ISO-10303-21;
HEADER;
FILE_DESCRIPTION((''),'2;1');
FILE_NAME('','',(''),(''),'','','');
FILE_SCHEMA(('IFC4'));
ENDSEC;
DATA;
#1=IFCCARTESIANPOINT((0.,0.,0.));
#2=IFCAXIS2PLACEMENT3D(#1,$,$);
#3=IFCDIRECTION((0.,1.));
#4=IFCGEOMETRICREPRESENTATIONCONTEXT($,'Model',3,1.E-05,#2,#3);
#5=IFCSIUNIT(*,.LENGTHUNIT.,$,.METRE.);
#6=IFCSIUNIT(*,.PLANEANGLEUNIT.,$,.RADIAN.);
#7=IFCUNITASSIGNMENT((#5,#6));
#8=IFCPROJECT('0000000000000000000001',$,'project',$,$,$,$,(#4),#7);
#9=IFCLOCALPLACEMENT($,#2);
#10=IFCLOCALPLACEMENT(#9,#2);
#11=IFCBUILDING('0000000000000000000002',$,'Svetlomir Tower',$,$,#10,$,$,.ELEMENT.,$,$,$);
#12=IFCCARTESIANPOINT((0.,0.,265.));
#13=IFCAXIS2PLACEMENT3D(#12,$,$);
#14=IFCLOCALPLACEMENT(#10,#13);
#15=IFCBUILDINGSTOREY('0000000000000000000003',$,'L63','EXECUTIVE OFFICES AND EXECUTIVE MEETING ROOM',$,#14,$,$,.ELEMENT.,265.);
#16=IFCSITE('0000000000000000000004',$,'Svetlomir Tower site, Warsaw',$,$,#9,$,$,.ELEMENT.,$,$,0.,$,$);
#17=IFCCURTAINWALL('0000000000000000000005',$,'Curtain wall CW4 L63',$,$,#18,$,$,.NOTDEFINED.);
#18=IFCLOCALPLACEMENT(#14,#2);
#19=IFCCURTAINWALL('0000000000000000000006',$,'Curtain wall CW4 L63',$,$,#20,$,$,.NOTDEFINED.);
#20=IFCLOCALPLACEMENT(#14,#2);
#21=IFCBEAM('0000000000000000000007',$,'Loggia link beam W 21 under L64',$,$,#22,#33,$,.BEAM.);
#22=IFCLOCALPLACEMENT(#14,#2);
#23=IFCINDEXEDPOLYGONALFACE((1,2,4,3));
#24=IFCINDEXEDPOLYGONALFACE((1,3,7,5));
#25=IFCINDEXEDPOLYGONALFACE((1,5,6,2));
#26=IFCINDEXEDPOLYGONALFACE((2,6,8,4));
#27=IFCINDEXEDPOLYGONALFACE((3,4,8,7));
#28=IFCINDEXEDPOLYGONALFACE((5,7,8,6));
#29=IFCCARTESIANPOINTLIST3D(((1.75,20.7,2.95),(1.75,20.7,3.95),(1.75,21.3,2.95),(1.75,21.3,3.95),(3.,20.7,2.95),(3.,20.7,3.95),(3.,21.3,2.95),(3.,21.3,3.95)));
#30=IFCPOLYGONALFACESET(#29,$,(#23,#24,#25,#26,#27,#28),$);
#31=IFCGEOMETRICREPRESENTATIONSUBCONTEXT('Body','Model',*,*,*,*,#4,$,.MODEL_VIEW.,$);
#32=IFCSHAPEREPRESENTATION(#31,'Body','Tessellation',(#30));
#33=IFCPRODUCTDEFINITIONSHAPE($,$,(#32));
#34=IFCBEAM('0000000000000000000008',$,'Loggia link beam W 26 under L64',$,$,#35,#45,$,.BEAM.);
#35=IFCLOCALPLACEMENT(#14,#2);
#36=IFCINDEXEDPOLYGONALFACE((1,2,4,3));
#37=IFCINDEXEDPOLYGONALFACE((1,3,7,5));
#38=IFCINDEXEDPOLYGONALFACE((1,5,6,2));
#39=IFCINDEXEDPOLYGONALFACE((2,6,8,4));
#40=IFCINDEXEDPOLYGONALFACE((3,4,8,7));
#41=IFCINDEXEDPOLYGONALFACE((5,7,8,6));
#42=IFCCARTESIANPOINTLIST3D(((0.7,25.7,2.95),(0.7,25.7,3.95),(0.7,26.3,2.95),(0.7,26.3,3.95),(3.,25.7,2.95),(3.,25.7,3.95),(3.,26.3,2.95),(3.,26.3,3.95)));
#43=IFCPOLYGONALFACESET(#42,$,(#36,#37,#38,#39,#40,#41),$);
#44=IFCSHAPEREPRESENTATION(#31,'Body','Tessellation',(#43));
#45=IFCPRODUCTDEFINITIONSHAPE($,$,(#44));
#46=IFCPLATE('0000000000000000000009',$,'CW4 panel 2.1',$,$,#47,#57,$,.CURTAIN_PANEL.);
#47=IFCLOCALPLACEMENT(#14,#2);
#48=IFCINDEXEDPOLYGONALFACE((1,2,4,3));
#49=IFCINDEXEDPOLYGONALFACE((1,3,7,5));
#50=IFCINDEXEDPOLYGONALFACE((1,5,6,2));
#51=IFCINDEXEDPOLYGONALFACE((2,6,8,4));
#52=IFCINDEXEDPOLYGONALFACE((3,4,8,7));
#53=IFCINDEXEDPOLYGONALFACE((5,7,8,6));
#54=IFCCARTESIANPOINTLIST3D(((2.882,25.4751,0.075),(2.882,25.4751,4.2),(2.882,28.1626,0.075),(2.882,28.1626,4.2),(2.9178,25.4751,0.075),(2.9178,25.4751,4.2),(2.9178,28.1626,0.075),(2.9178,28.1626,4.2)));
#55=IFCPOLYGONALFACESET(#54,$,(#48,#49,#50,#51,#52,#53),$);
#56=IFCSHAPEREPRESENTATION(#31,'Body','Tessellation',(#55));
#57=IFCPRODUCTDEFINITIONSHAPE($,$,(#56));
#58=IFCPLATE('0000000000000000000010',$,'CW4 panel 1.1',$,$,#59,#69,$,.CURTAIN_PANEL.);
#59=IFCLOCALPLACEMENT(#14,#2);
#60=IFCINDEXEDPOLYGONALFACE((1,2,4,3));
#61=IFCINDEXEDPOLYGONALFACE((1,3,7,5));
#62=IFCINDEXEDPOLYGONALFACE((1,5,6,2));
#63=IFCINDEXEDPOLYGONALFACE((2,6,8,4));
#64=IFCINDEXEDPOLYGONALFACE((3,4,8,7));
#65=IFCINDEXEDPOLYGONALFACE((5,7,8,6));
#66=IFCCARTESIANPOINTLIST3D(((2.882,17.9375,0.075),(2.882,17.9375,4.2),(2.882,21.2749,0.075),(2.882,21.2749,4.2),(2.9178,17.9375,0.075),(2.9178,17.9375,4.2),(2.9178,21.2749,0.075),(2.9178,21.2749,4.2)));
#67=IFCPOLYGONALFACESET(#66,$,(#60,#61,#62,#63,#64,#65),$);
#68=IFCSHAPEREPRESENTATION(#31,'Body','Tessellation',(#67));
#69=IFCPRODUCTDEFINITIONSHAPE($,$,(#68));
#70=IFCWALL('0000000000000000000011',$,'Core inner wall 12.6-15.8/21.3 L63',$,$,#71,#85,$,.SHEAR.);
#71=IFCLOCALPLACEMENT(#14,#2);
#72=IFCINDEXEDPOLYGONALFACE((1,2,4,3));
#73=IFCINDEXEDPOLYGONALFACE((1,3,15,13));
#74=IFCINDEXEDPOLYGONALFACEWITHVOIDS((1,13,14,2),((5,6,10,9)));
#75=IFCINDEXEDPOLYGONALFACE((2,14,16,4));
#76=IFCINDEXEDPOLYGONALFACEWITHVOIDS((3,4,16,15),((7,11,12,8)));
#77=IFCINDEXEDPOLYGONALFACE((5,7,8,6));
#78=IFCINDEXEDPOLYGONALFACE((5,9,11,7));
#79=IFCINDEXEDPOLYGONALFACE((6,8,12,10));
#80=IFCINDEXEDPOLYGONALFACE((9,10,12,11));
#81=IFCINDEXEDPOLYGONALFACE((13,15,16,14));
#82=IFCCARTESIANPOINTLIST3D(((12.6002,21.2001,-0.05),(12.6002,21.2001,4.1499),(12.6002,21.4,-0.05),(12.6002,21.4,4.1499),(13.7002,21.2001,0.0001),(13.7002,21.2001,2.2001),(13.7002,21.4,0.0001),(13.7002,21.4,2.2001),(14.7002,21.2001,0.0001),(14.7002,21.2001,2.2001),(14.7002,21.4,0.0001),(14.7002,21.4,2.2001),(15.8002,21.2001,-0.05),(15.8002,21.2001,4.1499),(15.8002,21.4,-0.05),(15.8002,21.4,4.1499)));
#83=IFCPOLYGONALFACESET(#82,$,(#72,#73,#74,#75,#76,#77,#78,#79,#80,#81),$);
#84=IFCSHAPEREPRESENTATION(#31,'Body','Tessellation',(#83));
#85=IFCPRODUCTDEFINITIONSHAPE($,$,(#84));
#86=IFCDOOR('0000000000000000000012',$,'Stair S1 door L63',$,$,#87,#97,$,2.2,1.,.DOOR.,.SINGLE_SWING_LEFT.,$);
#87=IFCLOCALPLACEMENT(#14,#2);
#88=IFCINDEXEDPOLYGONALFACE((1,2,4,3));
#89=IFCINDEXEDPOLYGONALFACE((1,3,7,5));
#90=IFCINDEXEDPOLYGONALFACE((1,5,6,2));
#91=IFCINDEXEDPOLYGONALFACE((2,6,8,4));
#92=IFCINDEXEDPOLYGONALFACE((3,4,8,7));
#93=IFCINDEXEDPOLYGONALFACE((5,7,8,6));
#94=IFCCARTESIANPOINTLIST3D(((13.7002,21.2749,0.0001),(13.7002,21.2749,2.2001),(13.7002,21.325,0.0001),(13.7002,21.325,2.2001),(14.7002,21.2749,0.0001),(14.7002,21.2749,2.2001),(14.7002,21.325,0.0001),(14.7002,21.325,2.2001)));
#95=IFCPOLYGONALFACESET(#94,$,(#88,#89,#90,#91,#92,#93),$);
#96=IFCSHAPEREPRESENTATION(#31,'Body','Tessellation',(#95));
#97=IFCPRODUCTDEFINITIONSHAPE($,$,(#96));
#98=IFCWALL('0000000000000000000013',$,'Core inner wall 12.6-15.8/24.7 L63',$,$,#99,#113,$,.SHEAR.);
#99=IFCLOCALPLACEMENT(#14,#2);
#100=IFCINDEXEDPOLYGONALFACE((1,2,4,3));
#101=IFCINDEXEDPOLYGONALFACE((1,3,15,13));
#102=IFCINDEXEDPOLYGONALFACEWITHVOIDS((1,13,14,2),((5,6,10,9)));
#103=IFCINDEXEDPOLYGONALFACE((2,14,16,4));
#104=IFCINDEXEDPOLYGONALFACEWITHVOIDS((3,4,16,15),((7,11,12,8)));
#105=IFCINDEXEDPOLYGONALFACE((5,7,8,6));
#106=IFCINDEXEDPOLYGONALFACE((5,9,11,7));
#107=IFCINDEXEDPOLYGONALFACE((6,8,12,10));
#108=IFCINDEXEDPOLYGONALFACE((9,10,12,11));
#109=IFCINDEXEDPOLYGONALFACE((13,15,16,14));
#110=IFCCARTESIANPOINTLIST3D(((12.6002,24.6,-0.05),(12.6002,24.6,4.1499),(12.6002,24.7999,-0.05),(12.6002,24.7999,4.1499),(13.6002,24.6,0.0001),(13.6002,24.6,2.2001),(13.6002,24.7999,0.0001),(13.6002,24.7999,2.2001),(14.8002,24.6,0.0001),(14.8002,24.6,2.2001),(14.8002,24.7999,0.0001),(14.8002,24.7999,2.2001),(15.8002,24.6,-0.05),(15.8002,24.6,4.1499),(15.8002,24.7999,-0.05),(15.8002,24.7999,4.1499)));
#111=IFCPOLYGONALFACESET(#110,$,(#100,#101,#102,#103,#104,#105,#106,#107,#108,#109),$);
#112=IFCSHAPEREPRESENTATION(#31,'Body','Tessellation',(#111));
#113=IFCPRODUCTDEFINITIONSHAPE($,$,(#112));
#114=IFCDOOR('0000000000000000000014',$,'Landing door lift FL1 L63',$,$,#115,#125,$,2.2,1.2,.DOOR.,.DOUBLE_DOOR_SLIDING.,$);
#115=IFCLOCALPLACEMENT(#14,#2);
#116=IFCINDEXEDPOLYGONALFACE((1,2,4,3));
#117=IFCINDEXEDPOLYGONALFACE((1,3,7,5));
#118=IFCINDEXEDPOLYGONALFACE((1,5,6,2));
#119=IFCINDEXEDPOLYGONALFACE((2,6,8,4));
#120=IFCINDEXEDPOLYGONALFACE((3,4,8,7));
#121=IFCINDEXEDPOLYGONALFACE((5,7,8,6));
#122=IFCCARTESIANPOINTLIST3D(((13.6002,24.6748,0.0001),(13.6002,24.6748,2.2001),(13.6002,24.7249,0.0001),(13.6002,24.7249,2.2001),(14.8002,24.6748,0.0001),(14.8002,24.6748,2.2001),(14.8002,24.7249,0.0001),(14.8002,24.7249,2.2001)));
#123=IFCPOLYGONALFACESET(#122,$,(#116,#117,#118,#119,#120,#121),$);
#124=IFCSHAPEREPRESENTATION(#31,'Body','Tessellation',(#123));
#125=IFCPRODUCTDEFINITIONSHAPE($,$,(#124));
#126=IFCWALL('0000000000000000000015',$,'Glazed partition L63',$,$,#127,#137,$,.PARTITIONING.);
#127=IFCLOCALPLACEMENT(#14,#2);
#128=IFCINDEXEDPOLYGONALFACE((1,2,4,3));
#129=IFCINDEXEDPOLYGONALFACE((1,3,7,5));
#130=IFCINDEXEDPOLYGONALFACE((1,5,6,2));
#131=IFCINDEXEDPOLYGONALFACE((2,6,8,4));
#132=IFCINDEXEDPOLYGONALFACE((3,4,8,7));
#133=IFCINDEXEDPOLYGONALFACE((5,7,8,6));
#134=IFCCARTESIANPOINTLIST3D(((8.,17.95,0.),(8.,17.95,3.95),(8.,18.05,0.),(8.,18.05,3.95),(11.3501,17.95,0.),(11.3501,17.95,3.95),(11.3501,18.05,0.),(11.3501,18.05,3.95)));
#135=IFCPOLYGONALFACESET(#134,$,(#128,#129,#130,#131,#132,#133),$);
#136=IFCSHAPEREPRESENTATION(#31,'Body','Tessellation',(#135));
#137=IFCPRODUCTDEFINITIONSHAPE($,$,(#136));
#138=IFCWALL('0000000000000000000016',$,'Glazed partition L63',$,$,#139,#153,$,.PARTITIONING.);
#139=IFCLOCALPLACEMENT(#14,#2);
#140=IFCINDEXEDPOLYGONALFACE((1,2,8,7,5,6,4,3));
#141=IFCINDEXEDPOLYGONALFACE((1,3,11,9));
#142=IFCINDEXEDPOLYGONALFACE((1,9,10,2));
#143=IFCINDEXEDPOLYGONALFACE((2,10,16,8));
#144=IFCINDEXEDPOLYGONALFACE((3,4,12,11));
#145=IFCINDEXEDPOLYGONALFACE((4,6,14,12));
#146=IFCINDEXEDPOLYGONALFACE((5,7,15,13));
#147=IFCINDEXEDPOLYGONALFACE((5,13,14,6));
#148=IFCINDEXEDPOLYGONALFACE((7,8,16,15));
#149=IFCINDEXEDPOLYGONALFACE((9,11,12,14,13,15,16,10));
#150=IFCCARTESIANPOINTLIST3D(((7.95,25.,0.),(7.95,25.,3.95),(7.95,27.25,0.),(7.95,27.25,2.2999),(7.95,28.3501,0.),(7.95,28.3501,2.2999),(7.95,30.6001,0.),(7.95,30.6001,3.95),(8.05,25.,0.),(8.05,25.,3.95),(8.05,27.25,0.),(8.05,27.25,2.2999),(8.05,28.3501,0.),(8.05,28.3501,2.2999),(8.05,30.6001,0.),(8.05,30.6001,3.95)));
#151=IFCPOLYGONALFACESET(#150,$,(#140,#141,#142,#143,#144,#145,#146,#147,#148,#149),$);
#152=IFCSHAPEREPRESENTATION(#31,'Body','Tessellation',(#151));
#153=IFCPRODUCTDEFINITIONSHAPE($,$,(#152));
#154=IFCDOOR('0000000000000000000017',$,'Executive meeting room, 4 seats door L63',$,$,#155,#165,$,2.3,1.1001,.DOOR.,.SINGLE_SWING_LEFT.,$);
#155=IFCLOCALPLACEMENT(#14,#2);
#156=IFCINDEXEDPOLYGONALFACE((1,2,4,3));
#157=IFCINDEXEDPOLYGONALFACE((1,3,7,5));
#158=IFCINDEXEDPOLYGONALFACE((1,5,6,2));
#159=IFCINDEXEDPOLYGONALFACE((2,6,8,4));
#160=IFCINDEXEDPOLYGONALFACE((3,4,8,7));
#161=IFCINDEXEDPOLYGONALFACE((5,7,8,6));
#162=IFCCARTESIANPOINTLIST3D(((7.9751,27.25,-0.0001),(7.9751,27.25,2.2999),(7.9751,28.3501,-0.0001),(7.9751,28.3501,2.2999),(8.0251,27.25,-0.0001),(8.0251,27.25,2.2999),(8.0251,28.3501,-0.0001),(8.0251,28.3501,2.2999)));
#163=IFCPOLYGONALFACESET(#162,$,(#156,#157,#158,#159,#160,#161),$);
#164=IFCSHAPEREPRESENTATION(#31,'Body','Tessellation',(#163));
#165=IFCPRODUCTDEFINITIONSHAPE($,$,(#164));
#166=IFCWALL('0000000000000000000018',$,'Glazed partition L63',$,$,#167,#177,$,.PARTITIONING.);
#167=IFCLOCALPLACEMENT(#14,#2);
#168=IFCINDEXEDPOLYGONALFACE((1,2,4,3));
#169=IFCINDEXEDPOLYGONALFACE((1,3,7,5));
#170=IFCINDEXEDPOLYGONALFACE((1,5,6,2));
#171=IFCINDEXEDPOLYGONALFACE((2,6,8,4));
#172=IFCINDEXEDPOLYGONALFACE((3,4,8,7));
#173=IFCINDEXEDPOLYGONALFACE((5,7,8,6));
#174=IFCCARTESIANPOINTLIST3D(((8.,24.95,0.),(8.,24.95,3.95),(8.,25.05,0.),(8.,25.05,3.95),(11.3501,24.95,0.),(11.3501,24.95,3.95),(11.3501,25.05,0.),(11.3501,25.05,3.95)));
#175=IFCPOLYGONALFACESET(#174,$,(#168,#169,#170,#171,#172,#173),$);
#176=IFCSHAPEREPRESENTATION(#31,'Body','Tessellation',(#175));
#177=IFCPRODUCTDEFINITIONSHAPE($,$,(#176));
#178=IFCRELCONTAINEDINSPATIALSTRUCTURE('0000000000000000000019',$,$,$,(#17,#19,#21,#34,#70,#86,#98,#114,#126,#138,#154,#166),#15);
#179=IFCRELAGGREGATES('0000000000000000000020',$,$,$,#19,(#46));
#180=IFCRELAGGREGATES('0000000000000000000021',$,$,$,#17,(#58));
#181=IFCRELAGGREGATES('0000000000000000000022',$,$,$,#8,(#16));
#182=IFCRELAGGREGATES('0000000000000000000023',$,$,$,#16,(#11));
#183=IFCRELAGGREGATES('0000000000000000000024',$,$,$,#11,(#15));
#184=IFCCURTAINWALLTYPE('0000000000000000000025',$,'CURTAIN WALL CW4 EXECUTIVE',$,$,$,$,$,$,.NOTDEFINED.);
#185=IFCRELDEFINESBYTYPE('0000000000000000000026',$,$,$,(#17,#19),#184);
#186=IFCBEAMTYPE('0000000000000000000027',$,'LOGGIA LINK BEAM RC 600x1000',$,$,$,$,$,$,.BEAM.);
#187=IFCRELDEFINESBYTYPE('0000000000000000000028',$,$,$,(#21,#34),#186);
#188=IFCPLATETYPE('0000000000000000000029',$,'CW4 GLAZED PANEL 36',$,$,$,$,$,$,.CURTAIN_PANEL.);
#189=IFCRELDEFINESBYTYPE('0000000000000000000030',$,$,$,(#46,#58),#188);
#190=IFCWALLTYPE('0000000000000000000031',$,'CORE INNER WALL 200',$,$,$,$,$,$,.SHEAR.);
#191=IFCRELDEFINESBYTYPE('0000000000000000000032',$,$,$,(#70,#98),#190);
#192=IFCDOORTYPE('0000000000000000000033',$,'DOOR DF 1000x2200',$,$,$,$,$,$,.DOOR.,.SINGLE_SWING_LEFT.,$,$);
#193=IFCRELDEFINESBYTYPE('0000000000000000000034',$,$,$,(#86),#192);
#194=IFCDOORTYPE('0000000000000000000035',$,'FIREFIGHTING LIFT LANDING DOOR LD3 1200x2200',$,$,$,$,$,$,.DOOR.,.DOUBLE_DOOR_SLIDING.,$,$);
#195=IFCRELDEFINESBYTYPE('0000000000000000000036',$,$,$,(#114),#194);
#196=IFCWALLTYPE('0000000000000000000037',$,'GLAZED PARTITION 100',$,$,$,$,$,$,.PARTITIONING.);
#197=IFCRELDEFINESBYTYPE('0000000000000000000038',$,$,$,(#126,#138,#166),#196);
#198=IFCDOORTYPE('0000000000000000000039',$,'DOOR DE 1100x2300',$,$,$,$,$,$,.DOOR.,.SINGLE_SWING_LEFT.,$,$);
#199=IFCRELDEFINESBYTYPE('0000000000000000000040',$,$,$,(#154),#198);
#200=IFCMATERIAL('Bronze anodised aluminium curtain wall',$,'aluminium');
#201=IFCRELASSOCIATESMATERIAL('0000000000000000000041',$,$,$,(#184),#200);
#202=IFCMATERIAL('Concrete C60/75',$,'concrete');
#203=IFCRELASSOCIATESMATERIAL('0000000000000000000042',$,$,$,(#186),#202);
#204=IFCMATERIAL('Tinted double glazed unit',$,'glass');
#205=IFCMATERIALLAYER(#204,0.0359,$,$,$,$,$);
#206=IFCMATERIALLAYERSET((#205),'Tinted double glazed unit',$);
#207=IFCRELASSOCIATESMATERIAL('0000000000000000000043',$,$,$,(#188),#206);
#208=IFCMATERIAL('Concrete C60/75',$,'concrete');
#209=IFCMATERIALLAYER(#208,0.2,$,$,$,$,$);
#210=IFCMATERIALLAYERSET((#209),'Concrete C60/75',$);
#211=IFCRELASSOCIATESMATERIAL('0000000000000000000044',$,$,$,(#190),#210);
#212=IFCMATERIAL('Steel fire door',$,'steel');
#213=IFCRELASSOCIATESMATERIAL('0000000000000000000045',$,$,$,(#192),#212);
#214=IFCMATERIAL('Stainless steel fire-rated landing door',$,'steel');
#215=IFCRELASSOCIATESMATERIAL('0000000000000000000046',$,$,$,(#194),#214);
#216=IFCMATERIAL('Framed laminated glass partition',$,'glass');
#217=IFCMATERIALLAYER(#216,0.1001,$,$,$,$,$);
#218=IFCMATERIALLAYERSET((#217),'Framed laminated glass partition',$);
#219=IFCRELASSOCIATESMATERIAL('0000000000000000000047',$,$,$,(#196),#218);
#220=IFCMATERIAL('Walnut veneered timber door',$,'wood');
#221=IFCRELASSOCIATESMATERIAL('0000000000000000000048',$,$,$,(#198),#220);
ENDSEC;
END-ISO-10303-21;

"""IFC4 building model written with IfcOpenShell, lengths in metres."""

from ifc_helpers import new_model, si_unit, direction, frame, frame_2d, origin, origin_2d, place, context, subcontext, project, spatial, rectangle, extrude, material, layer, layer_set, material_profile, profile_set, type_object, element, fill, aggregate, save


model = new_model("IFC4")

# Units and contexts
model_context = context("Model", 3, precision=1e-05, world=origin(), true_north=direction((0.0, 1.0)))
body_context = subcontext(model_context, "Body", "Model", "MODEL_VIEW")
ifc_project = project(units=[si_unit("LENGTHUNIT", "METRE"), si_unit("PLANEANGLEUNIT", "RADIAN")], contexts=[model_context])

# Site, building, storey
site_placement = place(None, origin())
site = spatial("IfcSite", under=ifc_project, at=site_placement, Name="Svetlomir Tower site, Warsaw", CompositionType="ELEMENT", RefElevation=0.0)
building_placement = place(site_placement, origin())
building = spatial("IfcBuilding", under=site, at=building_placement, Name="Svetlomir Tower", CompositionType="ELEMENT")
storey_placement = place(building_placement, frame((0.0, 0.0, 265.0)))
storey = spatial("IfcBuildingStorey", under=building, at=storey_placement, Name="L63", Description="EXECUTIVE OFFICES AND EXECUTIVE MEETING ROOM", CompositionType="ELEMENT", Elevation=265.0)

# Curtain walls
ifc_material_1 = material(Name="Bronze anodised aluminium curtain wall", Category="aluminium")
curtain_wall_type = type_object("IfcCurtainWallType", Name="CURTAIN WALL CW4 EXECUTIVE", PredefinedType="NOTDEFINED", material=ifc_material_1)
curtain_wall_1_placement = place(storey_placement, origin())
curtain_wall_1 = element("IfcCurtainWall", 1, at=curtain_wall_1_placement, inside=storey, type_object=curtain_wall_type, Name="Curtain wall CW4 L63", PredefinedType="NOTDEFINED")
curtain_wall_2_placement = place(storey_placement, origin())
curtain_wall_2 = element("IfcCurtainWall", 2, at=curtain_wall_2_placement, inside=storey, type_object=curtain_wall_type, Name="Curtain wall CW4 L63", PredefinedType="NOTDEFINED")

# Beams
ifc_material_2 = material(Name="Concrete C60/75", Category="concrete")
ifc_material_profile_1 = material_profile(ifc_material_2, rectangle(XDim=0.6001, YDim=1.0, at=origin_2d()), Name="RC 600x1000")
ifc_profile_set_1 = profile_set([ifc_material_profile_1], Name="Concrete C60/75")
beam_type_1 = type_object("IfcBeamType", Name="LOGGIA LINK BEAM RC 600x1000", PredefinedType="BEAM", material=ifc_profile_set_1)
beam_1_placement = place(storey_placement, frame((1.75, 21.0, 3.45), z_axis=(1.0, 0.0, 0.0), x_axis=(0.0, 1.0, 0.0)))
element("IfcBeam", 3, at=beam_1_placement, inside=storey, type_object=beam_type_1, Name="Loggia link beam W 21 under L64", PredefinedType="BEAM", context=body_context, shape_type="SweptSolid", body=[
    extrude(rectangle(XDim=0.6001, YDim=1.0, at=origin_2d()), origin(), (0.0, 0.0, 1.0), 1.25),
])
beam_2_placement = place(storey_placement, frame((0.7, 26.0, 3.45), z_axis=(1.0, 0.0, 0.0), x_axis=(0.0, 1.0, 0.0)))
element("IfcBeam", 4, at=beam_2_placement, inside=storey, type_object=beam_type_1, Name="Loggia link beam W 26 under L64", PredefinedType="BEAM", context=body_context, shape_type="SweptSolid", body=[
    extrude(rectangle(XDim=0.6001, YDim=1.0, at=origin_2d()), origin(), (0.0, 0.0, 1.0), 2.3),
])

# Plates
ifc_material_3 = material(Name="Tinted double glazed unit", Category="glass")
ifc_layer_1 = layer(ifc_material_3, 0.0359)
ifc_layer_set_1 = layer_set([ifc_layer_1], Name="Tinted double glazed unit")
plate_type = type_object("IfcPlateType", Name="CW4 GLAZED PANEL 36", PredefinedType="CURTAIN_PANEL", material=ifc_layer_set_1)
plate_1_placement = place(storey_placement, frame((2.8999, 26.8188, 0.075), z_axis=(0.0, 0.0, 1.0), x_axis=(0.0, -1.0, 0.0)))
plate_1 = element("IfcPlate", 5, at=plate_1_placement, type_object=plate_type, Name="CW4 panel 2.1", PredefinedType="CURTAIN_PANEL", context=body_context, shape_type="SweptSolid", body=[
    extrude(rectangle(XDim=2.6875, YDim=0.0359, at=origin_2d()), origin(), (0.0, 0.0, 1.0), 4.125),
])
aggregate(curtain_wall_2, [plate_1])
plate_2_placement = place(storey_placement, frame((2.8999, 19.6062, 0.075), z_axis=(0.0, 0.0, 1.0), x_axis=(0.0, -1.0, 0.0)))
plate_2 = element("IfcPlate", 6, at=plate_2_placement, type_object=plate_type, Name="CW4 panel 1.1", PredefinedType="CURTAIN_PANEL", context=body_context, shape_type="SweptSolid", body=[
    extrude(rectangle(XDim=3.3374, YDim=0.0359, at=origin_2d()), origin(), (0.0, 0.0, 1.0), 4.125),
])
aggregate(curtain_wall_1, [plate_2])

# Walls, openings, doors
ifc_material_4 = material(Name="Concrete C60/75", Category="concrete")
ifc_layer_2 = layer(ifc_material_4, 0.2)
ifc_layer_set_2 = layer_set([ifc_layer_2], Name="Concrete C60/75")
wall_type_1 = type_object("IfcWallType", Name="CORE INNER WALL 200", PredefinedType="SHEAR", material=ifc_layer_set_2)
wall_1_placement = place(storey_placement, frame((12.6001, 21.3, -0.05), z_axis=(0.0, 0.0, 1.0), x_axis=(1.0, 0.0, 0.0)))
wall_1 = element("IfcWall", 7, at=wall_1_placement, inside=storey, type_object=wall_type_1, Name="Core inner wall 12.6-15.8/21.3 L63", PredefinedType="SHEAR", context=body_context, shape_type="SweptSolid", body=[
    extrude(rectangle(XDim=3.2, YDim=0.2, at=frame_2d((1.6001, 0.0))), origin(), (0.0, 0.0, 1.0), 4.2),
])
opening_1_placement = place(wall_1_placement, frame((1.1001, 0.0, 0.05)))
opening_1 = element("IfcOpeningElement", 8, at=opening_1_placement, cuts=wall_1, PredefinedType="OPENING", context=body_context, shape_type="SweptSolid", body=[
    extrude(rectangle(XDim=1.0, YDim=2.2, at=frame_2d((0.5, 1.1001))), frame((0.0, 0.1099, 0.0), z_axis=(0.0, -1.0, 0.0), x_axis=(1.0, 0.0, 0.0)), (0.0, 0.0, 1.0), 0.22),
])
ifc_material_5 = material(Name="Steel fire door", Category="steel")
door_type_1 = type_object("IfcDoorType", Name="DOOR DF 1000x2200", OperationType="SINGLE_SWING_LEFT", PredefinedType="DOOR", material=ifc_material_5)
door_1_placement = place(opening_1_placement, origin())
door_1 = element("IfcDoor", 9, at=door_1_placement, inside=storey, type_object=door_type_1, Name="Stair S1 door L63", OperationType="SINGLE_SWING_LEFT", OverallHeight=2.2, OverallWidth=1.0, PredefinedType="DOOR", context=body_context, shape_type="SweptSolid", body=[
    extrude(rectangle(XDim=1.0, YDim=2.2, at=frame_2d((0.5, 1.1001))), frame((0.0, 0.0249, 0.0), z_axis=(0.0, -1.0, 0.0), x_axis=(1.0, 0.0, 0.0)), (0.0, 0.0, 1.0), 0.05),
])
fill(opening_1, door_1)
wall_2_placement = place(storey_placement, frame((12.6001, 24.7, -0.05), z_axis=(0.0, 0.0, 1.0), x_axis=(1.0, 0.0, 0.0)))
wall_2 = element("IfcWall", 10, at=wall_2_placement, inside=storey, type_object=wall_type_1, Name="Core inner wall 12.6-15.8/24.7 L63", PredefinedType="SHEAR", context=body_context, shape_type="SweptSolid", body=[
    extrude(rectangle(XDim=3.2, YDim=0.2, at=frame_2d((1.6001, 0.0))), origin(), (0.0, 0.0, 1.0), 4.2),
])
opening_2_placement = place(wall_2_placement, frame((1.0, 0.0, 0.05)))
opening_2 = element("IfcOpeningElement", 11, at=opening_2_placement, cuts=wall_2, PredefinedType="OPENING", context=body_context, shape_type="SweptSolid", body=[
    extrude(rectangle(XDim=1.2, YDim=2.2, at=frame_2d((0.6001, 1.1001))), frame((0.0, 0.1099, 0.0), z_axis=(0.0, -1.0, 0.0), x_axis=(1.0, 0.0, 0.0)), (0.0, 0.0, 1.0), 0.22),
])
ifc_material_6 = material(Name="Stainless steel fire-rated landing door", Category="steel")
door_type_2 = type_object("IfcDoorType", Name="FIREFIGHTING LIFT LANDING DOOR LD3 1200x2200", OperationType="DOUBLE_DOOR_SLIDING", PredefinedType="DOOR", material=ifc_material_6)
door_2_placement = place(opening_2_placement, origin())
door_2 = element("IfcDoor", 12, at=door_2_placement, inside=storey, type_object=door_type_2, Name="Landing door lift FL1 L63", OperationType="DOUBLE_DOOR_SLIDING", OverallHeight=2.2, OverallWidth=1.2, PredefinedType="DOOR", context=body_context, shape_type="SweptSolid", body=[
    extrude(rectangle(XDim=1.2, YDim=2.2, at=frame_2d((0.6001, 1.1001))), frame((0.0, 0.0249, 0.0), z_axis=(0.0, -1.0, 0.0), x_axis=(1.0, 0.0, 0.0)), (0.0, 0.0, 1.0), 0.05),
])
fill(opening_2, door_2)

# Wall
ifc_material_7 = material(Name="Framed laminated glass partition", Category="glass")
ifc_layer_3 = layer(ifc_material_7, 0.1001)
ifc_layer_set_3 = layer_set([ifc_layer_3], Name="Framed laminated glass partition")
wall_type_2 = type_object("IfcWallType", Name="GLAZED PARTITION 100", PredefinedType="PARTITIONING", material=ifc_layer_set_3)
wall_3_placement = place(storey_placement, frame((8.0, 18.0, 0.0), z_axis=(0.0, 0.0, 1.0), x_axis=(1.0, 0.0, 0.0)))
element("IfcWall", 13, at=wall_3_placement, inside=storey, type_object=wall_type_2, Name="Glazed partition L63", PredefinedType="PARTITIONING", context=body_context, shape_type="SweptSolid", body=[
    extrude(rectangle(XDim=3.3501, YDim=0.1001, at=frame_2d((1.675, 0.0))), origin(), (0.0, 0.0, 1.0), 3.95),
])

# Wall, opening, door
wall_4_placement = place(storey_placement, frame((8.0, 25.0, 0.0), z_axis=(0.0, 0.0, 1.0), x_axis=(0.0, 1.0, 0.0)))
wall_4 = element("IfcWall", 14, at=wall_4_placement, inside=storey, type_object=wall_type_2, Name="Glazed partition L63", PredefinedType="PARTITIONING", context=body_context, shape_type="SweptSolid", body=[
    extrude(rectangle(XDim=5.6001, YDim=0.1001, at=frame_2d((2.8, 0.0))), origin(), (0.0, 0.0, 1.0), 3.95),
])
opening_3_placement = place(wall_4_placement, frame((2.25, 0.0, 0.0)))
opening_3 = element("IfcOpeningElement", 15, at=opening_3_placement, cuts=wall_4, PredefinedType="OPENING", context=body_context, shape_type="SweptSolid", body=[
    extrude(rectangle(XDim=1.1001, YDim=2.3, at=frame_2d((0.55, 1.1499))), frame((0.0, 0.0601, 0.0), z_axis=(0.0, -1.0, 0.0), x_axis=(1.0, 0.0, 0.0)), (0.0, 0.0, 1.0), 0.1201),
])
ifc_material_8 = material(Name="Walnut veneered timber door", Category="wood")
door_type_3 = type_object("IfcDoorType", Name="DOOR DE 1100x2300", OperationType="SINGLE_SWING_LEFT", PredefinedType="DOOR", material=ifc_material_8)
door_3_placement = place(opening_3_placement, origin())
door_3 = element("IfcDoor", 16, at=door_3_placement, inside=storey, type_object=door_type_3, Name="Executive meeting room, 4 seats door L63", OperationType="SINGLE_SWING_LEFT", OverallHeight=2.3, OverallWidth=1.1001, PredefinedType="DOOR", context=body_context, shape_type="SweptSolid", body=[
    extrude(rectangle(XDim=1.1001, YDim=2.3, at=frame_2d((0.55, 1.1499))), frame((0.0, 0.0249, 0.0), z_axis=(0.0, -1.0, 0.0), x_axis=(1.0, 0.0, 0.0)), (0.0, 0.0, 1.0), 0.05),
])
fill(opening_3, door_3)

# Wall
wall_5_placement = place(storey_placement, frame((8.0, 25.0, 0.0), z_axis=(0.0, 0.0, 1.0), x_axis=(1.0, 0.0, 0.0)))
element("IfcWall", 17, at=wall_5_placement, inside=storey, type_object=wall_type_2, Name="Glazed partition L63", PredefinedType="PARTITIONING", context=body_context, shape_type="SweptSolid", body=[
    extrude(rectangle(XDim=3.3501, YDim=0.1001, at=frame_2d((1.675, 0.0))), origin(), (0.0, 0.0, 1.0), 3.95),
])

save(model, "model.ifc")
